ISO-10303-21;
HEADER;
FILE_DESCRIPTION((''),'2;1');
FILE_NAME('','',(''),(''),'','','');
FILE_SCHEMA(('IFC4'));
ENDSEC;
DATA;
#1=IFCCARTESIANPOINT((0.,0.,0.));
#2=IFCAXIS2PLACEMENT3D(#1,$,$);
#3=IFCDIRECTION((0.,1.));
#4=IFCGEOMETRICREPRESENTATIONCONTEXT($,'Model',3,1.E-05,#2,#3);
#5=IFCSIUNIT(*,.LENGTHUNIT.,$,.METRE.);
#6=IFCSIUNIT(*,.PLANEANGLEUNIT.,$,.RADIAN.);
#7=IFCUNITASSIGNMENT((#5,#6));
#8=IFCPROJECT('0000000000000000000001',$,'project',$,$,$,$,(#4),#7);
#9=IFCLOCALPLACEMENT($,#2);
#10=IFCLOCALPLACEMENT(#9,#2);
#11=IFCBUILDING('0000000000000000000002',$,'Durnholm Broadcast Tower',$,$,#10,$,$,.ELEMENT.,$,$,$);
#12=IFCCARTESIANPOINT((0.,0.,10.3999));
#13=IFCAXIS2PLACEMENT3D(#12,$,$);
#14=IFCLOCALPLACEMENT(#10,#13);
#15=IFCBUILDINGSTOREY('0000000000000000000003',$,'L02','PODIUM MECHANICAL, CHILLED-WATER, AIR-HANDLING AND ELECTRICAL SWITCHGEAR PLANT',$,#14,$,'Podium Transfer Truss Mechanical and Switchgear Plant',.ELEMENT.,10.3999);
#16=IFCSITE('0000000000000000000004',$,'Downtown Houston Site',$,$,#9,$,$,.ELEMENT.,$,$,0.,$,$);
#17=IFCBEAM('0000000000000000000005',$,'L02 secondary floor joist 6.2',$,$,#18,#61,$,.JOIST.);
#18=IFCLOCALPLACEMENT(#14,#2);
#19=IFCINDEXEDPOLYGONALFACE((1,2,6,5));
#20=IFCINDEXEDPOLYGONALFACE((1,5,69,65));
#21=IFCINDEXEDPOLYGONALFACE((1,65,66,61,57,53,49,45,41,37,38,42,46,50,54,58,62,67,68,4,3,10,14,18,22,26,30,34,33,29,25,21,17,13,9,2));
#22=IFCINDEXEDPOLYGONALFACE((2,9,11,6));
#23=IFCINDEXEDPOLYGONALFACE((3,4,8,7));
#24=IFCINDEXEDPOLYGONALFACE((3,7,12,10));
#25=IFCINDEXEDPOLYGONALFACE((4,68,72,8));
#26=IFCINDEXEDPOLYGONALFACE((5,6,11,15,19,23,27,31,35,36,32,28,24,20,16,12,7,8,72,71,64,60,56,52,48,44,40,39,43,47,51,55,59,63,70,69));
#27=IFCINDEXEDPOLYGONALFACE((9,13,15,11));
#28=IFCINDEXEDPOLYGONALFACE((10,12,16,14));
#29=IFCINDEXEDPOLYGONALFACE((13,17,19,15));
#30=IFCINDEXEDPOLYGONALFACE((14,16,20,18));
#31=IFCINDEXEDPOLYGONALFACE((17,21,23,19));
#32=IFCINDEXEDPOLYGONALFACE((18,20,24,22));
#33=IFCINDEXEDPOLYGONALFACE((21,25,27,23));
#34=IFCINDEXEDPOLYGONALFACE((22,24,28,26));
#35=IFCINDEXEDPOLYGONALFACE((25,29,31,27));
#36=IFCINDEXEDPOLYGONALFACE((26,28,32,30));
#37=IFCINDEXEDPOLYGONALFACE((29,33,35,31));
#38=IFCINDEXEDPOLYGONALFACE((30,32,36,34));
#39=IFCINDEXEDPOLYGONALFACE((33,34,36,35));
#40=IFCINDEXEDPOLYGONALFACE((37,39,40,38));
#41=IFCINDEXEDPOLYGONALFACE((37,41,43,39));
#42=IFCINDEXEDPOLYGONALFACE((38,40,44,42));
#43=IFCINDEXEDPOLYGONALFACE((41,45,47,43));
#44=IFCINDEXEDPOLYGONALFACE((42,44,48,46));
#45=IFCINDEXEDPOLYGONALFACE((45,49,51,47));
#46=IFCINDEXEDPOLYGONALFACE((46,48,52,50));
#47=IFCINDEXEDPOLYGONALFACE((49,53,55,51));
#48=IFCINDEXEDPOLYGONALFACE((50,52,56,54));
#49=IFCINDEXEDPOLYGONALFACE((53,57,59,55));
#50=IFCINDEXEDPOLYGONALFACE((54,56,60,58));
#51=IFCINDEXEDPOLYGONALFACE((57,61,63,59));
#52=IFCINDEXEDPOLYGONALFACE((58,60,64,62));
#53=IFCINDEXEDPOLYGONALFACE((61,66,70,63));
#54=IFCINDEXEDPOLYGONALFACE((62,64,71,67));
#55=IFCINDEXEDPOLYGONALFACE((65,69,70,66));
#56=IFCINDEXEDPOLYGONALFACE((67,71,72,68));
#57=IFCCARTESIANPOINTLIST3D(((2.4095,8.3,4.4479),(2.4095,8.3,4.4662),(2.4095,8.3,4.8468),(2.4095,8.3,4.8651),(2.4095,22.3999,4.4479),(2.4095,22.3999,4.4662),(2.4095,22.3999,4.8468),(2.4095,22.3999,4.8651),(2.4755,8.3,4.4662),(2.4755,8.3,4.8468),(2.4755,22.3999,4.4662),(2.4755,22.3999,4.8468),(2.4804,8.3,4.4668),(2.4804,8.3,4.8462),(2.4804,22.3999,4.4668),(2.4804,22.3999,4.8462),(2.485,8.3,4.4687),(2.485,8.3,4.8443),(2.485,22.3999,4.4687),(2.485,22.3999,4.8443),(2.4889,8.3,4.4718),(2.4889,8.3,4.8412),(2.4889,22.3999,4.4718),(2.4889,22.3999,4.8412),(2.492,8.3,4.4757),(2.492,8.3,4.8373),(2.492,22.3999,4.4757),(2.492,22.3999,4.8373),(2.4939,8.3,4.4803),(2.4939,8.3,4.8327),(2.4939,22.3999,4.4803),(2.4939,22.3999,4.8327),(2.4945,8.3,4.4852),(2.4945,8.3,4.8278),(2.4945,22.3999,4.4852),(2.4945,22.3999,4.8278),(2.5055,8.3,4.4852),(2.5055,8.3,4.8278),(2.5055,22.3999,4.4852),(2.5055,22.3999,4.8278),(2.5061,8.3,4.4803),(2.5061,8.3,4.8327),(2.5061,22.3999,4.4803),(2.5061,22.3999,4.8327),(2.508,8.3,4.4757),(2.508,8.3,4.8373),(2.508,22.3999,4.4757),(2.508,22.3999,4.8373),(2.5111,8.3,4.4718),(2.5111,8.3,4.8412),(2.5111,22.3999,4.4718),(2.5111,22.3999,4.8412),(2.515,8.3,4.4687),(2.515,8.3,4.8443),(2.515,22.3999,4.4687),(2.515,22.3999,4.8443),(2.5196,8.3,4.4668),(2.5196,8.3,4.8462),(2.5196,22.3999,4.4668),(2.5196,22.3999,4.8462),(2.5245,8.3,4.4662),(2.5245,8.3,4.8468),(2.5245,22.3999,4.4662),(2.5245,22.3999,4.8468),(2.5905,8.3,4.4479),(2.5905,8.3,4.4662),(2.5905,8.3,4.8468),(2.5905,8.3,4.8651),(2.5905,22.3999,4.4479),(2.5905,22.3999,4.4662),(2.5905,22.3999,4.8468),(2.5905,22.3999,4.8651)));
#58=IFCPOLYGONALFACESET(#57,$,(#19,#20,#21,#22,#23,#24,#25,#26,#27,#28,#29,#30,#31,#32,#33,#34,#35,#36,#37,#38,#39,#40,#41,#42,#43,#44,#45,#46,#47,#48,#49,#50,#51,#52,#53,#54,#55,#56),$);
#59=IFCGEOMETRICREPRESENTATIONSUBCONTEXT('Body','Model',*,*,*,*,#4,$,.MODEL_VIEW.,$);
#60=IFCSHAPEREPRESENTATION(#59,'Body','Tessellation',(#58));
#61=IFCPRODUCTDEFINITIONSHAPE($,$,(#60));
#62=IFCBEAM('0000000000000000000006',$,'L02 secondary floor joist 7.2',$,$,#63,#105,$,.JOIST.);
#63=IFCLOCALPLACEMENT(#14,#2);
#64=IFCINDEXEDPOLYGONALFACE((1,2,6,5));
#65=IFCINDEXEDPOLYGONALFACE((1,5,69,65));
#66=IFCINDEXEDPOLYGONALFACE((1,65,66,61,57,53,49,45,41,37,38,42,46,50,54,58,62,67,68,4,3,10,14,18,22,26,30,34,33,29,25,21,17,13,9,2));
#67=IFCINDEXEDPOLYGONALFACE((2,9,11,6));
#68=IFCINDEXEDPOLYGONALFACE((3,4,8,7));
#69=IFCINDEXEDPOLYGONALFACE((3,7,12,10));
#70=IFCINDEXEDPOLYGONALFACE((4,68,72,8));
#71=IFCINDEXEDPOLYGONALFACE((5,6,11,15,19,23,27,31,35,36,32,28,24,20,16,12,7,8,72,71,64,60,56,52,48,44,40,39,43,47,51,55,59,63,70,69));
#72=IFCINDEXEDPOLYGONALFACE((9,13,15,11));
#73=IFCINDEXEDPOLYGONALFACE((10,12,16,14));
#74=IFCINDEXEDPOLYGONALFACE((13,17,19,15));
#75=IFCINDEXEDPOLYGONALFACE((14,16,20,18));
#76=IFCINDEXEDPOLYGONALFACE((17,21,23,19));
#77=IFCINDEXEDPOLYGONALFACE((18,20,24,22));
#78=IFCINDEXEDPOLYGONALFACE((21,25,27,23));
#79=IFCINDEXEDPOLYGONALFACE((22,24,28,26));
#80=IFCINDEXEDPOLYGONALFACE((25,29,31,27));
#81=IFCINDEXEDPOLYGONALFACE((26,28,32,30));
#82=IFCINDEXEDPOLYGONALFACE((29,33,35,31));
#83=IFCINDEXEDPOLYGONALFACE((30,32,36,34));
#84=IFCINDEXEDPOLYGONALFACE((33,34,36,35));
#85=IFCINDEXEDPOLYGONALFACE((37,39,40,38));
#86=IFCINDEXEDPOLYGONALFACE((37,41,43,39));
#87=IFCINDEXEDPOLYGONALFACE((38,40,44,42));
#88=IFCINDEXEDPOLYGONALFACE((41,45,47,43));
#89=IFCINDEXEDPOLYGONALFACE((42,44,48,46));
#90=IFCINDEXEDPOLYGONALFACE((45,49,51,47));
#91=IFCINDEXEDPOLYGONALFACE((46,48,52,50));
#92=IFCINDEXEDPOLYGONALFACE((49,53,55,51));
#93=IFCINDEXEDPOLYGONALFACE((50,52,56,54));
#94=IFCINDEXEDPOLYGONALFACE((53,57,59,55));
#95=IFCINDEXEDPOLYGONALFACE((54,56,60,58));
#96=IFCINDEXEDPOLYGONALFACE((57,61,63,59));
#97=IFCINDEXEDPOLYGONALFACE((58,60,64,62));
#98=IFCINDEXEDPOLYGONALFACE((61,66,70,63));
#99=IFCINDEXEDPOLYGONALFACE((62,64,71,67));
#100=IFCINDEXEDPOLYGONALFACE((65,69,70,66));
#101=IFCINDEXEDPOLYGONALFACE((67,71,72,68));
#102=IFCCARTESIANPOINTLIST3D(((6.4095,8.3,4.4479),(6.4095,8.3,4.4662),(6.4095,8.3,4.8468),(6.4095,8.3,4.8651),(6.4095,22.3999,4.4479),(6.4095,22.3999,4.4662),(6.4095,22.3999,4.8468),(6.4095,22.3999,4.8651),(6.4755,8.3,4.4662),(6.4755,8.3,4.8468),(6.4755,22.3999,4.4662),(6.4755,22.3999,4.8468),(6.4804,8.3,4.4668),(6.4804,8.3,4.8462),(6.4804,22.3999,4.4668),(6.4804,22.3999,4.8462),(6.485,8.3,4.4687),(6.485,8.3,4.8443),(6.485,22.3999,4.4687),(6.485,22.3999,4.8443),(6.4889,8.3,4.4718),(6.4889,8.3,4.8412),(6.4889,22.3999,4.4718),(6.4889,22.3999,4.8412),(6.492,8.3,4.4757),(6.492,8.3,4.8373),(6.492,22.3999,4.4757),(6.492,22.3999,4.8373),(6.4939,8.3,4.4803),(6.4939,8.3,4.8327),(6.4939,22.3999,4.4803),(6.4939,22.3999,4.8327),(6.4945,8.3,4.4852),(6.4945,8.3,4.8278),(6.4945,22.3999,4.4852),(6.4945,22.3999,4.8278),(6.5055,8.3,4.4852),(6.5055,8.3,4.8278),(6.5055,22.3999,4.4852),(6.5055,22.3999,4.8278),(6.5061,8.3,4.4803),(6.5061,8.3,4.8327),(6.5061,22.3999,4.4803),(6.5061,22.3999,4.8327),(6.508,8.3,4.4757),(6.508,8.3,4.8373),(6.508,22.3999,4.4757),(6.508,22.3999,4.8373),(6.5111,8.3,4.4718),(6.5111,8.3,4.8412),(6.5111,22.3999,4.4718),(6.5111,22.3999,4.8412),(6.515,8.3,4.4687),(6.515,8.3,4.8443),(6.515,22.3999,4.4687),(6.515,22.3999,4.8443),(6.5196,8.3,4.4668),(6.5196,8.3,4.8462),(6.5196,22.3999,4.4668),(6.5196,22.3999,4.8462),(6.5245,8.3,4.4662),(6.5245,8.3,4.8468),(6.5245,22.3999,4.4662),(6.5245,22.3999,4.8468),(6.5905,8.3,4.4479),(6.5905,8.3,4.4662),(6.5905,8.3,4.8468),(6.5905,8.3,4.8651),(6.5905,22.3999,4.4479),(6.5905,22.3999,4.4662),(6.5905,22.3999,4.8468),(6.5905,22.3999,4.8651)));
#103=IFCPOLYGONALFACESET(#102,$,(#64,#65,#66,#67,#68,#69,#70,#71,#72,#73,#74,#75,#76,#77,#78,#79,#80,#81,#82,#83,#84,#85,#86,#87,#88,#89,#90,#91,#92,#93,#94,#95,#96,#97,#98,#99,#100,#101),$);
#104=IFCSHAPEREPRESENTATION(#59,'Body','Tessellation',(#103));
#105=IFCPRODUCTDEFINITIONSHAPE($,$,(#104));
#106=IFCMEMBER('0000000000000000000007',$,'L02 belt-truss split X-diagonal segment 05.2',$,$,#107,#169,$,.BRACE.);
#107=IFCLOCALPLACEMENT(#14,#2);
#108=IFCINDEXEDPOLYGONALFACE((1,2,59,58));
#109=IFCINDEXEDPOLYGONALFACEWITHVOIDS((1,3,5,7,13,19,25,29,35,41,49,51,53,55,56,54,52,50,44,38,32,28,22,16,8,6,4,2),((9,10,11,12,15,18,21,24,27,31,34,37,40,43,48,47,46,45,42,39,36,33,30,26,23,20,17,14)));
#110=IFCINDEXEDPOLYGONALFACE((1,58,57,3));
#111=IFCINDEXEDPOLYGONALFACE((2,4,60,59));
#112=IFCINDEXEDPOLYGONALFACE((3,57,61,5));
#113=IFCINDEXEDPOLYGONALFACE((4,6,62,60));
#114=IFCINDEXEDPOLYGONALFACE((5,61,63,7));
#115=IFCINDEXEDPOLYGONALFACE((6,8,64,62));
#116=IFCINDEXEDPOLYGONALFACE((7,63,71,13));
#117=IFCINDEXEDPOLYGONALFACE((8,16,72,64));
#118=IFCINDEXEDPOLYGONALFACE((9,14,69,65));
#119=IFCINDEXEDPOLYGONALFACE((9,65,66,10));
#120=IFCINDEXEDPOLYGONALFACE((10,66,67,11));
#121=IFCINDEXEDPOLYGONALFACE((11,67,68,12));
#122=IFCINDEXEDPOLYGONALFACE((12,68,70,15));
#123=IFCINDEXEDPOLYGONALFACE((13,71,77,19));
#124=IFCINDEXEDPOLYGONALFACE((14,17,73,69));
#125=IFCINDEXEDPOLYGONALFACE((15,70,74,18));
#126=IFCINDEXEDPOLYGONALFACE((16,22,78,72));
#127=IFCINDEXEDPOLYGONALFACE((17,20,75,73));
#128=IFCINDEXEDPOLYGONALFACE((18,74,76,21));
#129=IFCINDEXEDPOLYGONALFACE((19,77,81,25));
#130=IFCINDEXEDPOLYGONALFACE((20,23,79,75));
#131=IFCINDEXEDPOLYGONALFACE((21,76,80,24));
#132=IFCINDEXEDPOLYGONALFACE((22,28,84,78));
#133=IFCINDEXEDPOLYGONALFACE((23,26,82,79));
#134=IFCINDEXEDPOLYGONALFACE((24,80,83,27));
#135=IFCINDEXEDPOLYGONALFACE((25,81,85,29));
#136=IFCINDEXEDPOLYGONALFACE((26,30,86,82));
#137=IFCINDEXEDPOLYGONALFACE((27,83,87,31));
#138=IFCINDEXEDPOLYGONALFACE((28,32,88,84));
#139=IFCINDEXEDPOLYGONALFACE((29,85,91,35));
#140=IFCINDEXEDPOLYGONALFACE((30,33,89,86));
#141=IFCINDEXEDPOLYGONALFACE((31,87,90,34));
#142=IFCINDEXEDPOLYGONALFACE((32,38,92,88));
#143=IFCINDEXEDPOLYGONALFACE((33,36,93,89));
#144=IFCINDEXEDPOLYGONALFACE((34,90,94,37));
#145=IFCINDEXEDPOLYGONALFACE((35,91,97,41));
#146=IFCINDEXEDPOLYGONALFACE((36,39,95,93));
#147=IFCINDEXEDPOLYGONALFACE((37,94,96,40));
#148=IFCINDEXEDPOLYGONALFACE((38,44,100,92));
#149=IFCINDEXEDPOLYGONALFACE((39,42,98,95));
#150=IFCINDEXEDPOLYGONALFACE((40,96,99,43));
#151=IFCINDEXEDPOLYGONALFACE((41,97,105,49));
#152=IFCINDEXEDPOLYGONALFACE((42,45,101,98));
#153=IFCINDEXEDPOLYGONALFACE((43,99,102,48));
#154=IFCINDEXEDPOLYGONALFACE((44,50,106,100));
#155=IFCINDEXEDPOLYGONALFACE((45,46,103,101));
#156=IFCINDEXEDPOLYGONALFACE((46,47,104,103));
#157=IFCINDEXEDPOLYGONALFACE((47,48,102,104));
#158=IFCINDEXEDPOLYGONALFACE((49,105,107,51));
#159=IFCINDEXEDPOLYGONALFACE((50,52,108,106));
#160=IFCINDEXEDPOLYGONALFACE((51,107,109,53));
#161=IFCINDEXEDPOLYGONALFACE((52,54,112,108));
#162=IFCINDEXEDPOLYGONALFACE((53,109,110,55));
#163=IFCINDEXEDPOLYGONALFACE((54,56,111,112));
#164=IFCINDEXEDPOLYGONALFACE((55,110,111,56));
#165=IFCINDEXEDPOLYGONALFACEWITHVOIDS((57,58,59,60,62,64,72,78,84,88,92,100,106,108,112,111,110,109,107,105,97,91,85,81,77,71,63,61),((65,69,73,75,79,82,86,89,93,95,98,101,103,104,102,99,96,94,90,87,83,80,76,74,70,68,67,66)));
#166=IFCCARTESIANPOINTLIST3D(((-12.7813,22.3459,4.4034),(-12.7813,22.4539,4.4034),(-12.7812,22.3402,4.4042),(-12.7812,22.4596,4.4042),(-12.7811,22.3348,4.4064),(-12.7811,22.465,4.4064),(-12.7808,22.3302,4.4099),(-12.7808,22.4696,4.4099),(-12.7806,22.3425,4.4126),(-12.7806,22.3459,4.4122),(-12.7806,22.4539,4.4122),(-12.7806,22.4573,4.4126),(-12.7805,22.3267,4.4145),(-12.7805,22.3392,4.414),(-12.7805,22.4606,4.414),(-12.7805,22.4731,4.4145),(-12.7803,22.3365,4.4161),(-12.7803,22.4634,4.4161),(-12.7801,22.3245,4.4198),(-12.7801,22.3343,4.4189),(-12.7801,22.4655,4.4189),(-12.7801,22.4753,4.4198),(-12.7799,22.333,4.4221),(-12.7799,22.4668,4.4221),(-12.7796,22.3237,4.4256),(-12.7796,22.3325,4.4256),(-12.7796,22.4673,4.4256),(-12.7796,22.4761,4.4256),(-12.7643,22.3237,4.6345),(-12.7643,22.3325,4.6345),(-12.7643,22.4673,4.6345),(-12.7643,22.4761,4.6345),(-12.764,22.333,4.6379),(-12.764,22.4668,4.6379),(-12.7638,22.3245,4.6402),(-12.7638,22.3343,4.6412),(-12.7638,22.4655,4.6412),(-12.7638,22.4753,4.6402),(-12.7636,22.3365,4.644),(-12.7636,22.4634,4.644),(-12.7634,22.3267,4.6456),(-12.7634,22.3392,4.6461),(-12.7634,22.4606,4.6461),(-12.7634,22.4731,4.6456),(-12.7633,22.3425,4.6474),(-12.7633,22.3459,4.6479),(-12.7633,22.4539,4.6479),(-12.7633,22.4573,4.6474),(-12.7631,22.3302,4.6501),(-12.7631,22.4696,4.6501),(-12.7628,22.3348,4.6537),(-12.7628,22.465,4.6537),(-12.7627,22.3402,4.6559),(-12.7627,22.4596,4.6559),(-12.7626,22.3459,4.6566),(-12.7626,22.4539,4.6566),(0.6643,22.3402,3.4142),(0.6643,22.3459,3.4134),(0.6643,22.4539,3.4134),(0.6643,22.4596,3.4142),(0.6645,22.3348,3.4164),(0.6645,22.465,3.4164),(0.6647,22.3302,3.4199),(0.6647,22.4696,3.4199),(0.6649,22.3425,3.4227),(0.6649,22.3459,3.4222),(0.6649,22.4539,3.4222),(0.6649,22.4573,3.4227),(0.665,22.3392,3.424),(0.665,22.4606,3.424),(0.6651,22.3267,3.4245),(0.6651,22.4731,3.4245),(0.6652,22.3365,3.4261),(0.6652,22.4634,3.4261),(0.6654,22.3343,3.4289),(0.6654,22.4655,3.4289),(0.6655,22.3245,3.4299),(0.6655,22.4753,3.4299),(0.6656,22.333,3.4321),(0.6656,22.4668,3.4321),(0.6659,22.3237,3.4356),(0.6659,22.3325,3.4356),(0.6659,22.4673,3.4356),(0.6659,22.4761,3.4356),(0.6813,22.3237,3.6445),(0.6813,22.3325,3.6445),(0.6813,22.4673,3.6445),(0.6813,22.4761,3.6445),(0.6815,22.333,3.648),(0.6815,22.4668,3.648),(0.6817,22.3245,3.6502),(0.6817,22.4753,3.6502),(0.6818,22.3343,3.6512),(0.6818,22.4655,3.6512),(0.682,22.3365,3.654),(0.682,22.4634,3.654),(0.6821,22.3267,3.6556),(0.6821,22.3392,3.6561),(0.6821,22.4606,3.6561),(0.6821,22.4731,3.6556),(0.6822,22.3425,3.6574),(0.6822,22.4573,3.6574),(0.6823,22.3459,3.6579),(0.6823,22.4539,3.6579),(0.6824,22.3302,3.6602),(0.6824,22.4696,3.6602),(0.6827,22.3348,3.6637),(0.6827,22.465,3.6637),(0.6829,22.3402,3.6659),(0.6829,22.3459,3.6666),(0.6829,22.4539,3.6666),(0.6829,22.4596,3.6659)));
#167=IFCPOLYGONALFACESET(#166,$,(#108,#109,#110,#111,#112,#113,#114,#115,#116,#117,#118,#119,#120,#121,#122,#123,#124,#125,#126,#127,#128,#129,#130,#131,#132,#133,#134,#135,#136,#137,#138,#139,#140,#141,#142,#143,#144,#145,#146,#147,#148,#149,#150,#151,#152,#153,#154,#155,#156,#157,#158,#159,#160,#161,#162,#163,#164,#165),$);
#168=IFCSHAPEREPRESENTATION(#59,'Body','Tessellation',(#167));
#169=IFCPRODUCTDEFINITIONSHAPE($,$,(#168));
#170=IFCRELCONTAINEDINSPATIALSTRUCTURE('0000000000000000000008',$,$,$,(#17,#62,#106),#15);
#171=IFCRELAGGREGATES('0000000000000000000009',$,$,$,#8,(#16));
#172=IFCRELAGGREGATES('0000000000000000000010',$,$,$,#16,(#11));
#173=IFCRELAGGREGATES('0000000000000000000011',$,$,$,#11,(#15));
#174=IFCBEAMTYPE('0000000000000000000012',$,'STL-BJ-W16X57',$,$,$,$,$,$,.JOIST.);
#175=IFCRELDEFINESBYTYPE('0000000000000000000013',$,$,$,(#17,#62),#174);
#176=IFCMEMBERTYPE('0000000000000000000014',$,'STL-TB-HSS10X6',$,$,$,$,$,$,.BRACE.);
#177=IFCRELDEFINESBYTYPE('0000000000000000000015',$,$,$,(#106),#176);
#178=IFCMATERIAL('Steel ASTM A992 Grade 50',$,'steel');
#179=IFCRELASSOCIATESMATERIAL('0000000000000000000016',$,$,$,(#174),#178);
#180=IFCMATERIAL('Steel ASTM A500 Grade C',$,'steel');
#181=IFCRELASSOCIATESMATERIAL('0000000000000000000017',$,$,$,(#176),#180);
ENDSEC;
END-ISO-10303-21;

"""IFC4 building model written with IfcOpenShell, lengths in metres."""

from ifc_helpers import new_model, si_unit, direction, frame, origin, origin_2d, place, context, subcontext, project, spatial, hollow_rectangle, i_section, extrude, source, transform, mapped, material, material_profile, profile_set, type_object, type_shapes, element, save


model = new_model("IFC4")

# Units and contexts
model_context = context("Model", 3, precision=1e-05, world=origin(), true_north=direction((0.0, 1.0)))
body_context = subcontext(model_context, "Body", "Model", "MODEL_VIEW")
ifc_project = project(units=[si_unit("LENGTHUNIT", "METRE"), si_unit("PLANEANGLEUNIT", "RADIAN")], contexts=[model_context])

# Site, building, storey
site_placement = place(None, origin())
site = spatial("IfcSite", under=ifc_project, at=site_placement, Name="Downtown Houston Site", CompositionType="ELEMENT", RefElevation=0.0)
building_placement = place(site_placement, origin())
building = spatial("IfcBuilding", under=site, at=building_placement, Name="Durnholm Broadcast Tower", CompositionType="ELEMENT")
storey_placement = place(building_placement, frame((0.0, 0.0, 10.3999)))
storey = spatial("IfcBuildingStorey", under=building, at=storey_placement, Name="L02", Description="PODIUM MECHANICAL, CHILLED-WATER, AIR-HANDLING AND ELECTRICAL SWITCHGEAR PLANT", LongName="Podium Transfer Truss Mechanical and Switchgear Plant", CompositionType="ELEMENT", Elevation=10.3999)

# Beams
ifc_material_1 = material(Name="Steel ASTM A992 Grade 50", Category="steel")
ifc_material_profile_1 = material_profile(ifc_material_1, i_section(OverallWidth=0.1809, OverallDepth=0.4172, WebThickness=0.011, FlangeThickness=0.0183, FilletRadius=0.019, at=origin_2d()), Name="W16X57")
ifc_profile_set_1 = profile_set([ifc_material_profile_1], Name="Steel ASTM A992 Grade 50")
beam_type = type_object("IfcBeamType", Name="STL-BJ-W16X57", PredefinedType="JOIST", material=ifc_profile_set_1)
shared_shape_1 = source(origin(), body_context, "Body", "SweptSolid", [
    extrude(i_section(OverallWidth=0.1809, OverallDepth=0.4172, WebThickness=0.011, FlangeThickness=0.0183, FilletRadius=0.019, at=origin_2d()), origin(), (0.0, 0.0, 1.0), 14.0999),
])
type_shapes(beam_type, [shared_shape_1])
for number, where, z_axis, x_axis, name in (
    (1, (2.5, 8.3, 4.6565), (0.0, 1.0, 0.0), (-1.0, 0.0, 0.0), "L02 secondary floor joist 6.2"),
    (2, (6.5, 8.3, 4.6565), (0.0, 1.0, 0.0), (-1.0, 0.0, 0.0), "L02 secondary floor joist 7.2"),
):
    element("IfcBeam", number, at=place(storey_placement, frame(where, z_axis=z_axis, x_axis=x_axis)), inside=storey, type_object=beam_type, Name=name, PredefinedType="JOIST", context=body_context, shape_type="MappedRepresentation", body=[
        mapped(shared_shape_1, transform((0.0, 0.0, 0.0), x_axis=(1.0, 0.0, 0.0), y_axis=(0.0, 1.0, 0.0), z_axis=(0.0, 0.0, 1.0), scale=1.0)),
    ])

# Member
ifc_material_2 = material(Name="Steel ASTM A500 Grade C", Category="steel")
ifc_material_profile_2 = material_profile(ifc_material_2, hollow_rectangle(XDim=0.1523, YDim=0.2539, WallThickness=0.0088, InnerFilletRadius=0.0134, OuterFilletRadius=0.0222, at=origin_2d()), Name="HSS10X6X3/8")
ifc_profile_set_2 = profile_set([ifc_material_profile_2], Name="Steel ASTM A500 Grade C")
member_type_1 = type_object("IfcMemberType", Name="STL-TB-HSS10X6", PredefinedType="BRACE", material=ifc_profile_set_2)
shared_shape_2 = source(origin(), body_context, "Body", "SweptSolid", [
    extrude(hollow_rectangle(XDim=0.1523, YDim=0.2539, WallThickness=0.0088, InnerFilletRadius=0.0134, OuterFilletRadius=0.0222, at=origin_2d()), origin(), (0.0, 0.0, 1.0), 13.4819),
])
type_shapes(member_type_1, [shared_shape_2])
member_1_placement = place(storey_placement, frame((0.6736, 22.3999, 3.54), z_axis=(-0.9973, 0.0, 0.073431), x_axis=(0.0, -1.0, 0.0)))
element("IfcMember", 3, at=member_1_placement, inside=storey, type_object=member_type_1, Name="L02 belt-truss split X-diagonal segment 05.2", PredefinedType="BRACE", context=body_context, shape_type="MappedRepresentation", body=[
    mapped(shared_shape_2, transform((0.0, 0.0, 0.0), x_axis=(1.0, 0.0, 0.0), y_axis=(0.0, 1.0, 0.0), z_axis=(0.0, 0.0, 1.0), scale=1.0)),
])

save(model, "model.ifc")
